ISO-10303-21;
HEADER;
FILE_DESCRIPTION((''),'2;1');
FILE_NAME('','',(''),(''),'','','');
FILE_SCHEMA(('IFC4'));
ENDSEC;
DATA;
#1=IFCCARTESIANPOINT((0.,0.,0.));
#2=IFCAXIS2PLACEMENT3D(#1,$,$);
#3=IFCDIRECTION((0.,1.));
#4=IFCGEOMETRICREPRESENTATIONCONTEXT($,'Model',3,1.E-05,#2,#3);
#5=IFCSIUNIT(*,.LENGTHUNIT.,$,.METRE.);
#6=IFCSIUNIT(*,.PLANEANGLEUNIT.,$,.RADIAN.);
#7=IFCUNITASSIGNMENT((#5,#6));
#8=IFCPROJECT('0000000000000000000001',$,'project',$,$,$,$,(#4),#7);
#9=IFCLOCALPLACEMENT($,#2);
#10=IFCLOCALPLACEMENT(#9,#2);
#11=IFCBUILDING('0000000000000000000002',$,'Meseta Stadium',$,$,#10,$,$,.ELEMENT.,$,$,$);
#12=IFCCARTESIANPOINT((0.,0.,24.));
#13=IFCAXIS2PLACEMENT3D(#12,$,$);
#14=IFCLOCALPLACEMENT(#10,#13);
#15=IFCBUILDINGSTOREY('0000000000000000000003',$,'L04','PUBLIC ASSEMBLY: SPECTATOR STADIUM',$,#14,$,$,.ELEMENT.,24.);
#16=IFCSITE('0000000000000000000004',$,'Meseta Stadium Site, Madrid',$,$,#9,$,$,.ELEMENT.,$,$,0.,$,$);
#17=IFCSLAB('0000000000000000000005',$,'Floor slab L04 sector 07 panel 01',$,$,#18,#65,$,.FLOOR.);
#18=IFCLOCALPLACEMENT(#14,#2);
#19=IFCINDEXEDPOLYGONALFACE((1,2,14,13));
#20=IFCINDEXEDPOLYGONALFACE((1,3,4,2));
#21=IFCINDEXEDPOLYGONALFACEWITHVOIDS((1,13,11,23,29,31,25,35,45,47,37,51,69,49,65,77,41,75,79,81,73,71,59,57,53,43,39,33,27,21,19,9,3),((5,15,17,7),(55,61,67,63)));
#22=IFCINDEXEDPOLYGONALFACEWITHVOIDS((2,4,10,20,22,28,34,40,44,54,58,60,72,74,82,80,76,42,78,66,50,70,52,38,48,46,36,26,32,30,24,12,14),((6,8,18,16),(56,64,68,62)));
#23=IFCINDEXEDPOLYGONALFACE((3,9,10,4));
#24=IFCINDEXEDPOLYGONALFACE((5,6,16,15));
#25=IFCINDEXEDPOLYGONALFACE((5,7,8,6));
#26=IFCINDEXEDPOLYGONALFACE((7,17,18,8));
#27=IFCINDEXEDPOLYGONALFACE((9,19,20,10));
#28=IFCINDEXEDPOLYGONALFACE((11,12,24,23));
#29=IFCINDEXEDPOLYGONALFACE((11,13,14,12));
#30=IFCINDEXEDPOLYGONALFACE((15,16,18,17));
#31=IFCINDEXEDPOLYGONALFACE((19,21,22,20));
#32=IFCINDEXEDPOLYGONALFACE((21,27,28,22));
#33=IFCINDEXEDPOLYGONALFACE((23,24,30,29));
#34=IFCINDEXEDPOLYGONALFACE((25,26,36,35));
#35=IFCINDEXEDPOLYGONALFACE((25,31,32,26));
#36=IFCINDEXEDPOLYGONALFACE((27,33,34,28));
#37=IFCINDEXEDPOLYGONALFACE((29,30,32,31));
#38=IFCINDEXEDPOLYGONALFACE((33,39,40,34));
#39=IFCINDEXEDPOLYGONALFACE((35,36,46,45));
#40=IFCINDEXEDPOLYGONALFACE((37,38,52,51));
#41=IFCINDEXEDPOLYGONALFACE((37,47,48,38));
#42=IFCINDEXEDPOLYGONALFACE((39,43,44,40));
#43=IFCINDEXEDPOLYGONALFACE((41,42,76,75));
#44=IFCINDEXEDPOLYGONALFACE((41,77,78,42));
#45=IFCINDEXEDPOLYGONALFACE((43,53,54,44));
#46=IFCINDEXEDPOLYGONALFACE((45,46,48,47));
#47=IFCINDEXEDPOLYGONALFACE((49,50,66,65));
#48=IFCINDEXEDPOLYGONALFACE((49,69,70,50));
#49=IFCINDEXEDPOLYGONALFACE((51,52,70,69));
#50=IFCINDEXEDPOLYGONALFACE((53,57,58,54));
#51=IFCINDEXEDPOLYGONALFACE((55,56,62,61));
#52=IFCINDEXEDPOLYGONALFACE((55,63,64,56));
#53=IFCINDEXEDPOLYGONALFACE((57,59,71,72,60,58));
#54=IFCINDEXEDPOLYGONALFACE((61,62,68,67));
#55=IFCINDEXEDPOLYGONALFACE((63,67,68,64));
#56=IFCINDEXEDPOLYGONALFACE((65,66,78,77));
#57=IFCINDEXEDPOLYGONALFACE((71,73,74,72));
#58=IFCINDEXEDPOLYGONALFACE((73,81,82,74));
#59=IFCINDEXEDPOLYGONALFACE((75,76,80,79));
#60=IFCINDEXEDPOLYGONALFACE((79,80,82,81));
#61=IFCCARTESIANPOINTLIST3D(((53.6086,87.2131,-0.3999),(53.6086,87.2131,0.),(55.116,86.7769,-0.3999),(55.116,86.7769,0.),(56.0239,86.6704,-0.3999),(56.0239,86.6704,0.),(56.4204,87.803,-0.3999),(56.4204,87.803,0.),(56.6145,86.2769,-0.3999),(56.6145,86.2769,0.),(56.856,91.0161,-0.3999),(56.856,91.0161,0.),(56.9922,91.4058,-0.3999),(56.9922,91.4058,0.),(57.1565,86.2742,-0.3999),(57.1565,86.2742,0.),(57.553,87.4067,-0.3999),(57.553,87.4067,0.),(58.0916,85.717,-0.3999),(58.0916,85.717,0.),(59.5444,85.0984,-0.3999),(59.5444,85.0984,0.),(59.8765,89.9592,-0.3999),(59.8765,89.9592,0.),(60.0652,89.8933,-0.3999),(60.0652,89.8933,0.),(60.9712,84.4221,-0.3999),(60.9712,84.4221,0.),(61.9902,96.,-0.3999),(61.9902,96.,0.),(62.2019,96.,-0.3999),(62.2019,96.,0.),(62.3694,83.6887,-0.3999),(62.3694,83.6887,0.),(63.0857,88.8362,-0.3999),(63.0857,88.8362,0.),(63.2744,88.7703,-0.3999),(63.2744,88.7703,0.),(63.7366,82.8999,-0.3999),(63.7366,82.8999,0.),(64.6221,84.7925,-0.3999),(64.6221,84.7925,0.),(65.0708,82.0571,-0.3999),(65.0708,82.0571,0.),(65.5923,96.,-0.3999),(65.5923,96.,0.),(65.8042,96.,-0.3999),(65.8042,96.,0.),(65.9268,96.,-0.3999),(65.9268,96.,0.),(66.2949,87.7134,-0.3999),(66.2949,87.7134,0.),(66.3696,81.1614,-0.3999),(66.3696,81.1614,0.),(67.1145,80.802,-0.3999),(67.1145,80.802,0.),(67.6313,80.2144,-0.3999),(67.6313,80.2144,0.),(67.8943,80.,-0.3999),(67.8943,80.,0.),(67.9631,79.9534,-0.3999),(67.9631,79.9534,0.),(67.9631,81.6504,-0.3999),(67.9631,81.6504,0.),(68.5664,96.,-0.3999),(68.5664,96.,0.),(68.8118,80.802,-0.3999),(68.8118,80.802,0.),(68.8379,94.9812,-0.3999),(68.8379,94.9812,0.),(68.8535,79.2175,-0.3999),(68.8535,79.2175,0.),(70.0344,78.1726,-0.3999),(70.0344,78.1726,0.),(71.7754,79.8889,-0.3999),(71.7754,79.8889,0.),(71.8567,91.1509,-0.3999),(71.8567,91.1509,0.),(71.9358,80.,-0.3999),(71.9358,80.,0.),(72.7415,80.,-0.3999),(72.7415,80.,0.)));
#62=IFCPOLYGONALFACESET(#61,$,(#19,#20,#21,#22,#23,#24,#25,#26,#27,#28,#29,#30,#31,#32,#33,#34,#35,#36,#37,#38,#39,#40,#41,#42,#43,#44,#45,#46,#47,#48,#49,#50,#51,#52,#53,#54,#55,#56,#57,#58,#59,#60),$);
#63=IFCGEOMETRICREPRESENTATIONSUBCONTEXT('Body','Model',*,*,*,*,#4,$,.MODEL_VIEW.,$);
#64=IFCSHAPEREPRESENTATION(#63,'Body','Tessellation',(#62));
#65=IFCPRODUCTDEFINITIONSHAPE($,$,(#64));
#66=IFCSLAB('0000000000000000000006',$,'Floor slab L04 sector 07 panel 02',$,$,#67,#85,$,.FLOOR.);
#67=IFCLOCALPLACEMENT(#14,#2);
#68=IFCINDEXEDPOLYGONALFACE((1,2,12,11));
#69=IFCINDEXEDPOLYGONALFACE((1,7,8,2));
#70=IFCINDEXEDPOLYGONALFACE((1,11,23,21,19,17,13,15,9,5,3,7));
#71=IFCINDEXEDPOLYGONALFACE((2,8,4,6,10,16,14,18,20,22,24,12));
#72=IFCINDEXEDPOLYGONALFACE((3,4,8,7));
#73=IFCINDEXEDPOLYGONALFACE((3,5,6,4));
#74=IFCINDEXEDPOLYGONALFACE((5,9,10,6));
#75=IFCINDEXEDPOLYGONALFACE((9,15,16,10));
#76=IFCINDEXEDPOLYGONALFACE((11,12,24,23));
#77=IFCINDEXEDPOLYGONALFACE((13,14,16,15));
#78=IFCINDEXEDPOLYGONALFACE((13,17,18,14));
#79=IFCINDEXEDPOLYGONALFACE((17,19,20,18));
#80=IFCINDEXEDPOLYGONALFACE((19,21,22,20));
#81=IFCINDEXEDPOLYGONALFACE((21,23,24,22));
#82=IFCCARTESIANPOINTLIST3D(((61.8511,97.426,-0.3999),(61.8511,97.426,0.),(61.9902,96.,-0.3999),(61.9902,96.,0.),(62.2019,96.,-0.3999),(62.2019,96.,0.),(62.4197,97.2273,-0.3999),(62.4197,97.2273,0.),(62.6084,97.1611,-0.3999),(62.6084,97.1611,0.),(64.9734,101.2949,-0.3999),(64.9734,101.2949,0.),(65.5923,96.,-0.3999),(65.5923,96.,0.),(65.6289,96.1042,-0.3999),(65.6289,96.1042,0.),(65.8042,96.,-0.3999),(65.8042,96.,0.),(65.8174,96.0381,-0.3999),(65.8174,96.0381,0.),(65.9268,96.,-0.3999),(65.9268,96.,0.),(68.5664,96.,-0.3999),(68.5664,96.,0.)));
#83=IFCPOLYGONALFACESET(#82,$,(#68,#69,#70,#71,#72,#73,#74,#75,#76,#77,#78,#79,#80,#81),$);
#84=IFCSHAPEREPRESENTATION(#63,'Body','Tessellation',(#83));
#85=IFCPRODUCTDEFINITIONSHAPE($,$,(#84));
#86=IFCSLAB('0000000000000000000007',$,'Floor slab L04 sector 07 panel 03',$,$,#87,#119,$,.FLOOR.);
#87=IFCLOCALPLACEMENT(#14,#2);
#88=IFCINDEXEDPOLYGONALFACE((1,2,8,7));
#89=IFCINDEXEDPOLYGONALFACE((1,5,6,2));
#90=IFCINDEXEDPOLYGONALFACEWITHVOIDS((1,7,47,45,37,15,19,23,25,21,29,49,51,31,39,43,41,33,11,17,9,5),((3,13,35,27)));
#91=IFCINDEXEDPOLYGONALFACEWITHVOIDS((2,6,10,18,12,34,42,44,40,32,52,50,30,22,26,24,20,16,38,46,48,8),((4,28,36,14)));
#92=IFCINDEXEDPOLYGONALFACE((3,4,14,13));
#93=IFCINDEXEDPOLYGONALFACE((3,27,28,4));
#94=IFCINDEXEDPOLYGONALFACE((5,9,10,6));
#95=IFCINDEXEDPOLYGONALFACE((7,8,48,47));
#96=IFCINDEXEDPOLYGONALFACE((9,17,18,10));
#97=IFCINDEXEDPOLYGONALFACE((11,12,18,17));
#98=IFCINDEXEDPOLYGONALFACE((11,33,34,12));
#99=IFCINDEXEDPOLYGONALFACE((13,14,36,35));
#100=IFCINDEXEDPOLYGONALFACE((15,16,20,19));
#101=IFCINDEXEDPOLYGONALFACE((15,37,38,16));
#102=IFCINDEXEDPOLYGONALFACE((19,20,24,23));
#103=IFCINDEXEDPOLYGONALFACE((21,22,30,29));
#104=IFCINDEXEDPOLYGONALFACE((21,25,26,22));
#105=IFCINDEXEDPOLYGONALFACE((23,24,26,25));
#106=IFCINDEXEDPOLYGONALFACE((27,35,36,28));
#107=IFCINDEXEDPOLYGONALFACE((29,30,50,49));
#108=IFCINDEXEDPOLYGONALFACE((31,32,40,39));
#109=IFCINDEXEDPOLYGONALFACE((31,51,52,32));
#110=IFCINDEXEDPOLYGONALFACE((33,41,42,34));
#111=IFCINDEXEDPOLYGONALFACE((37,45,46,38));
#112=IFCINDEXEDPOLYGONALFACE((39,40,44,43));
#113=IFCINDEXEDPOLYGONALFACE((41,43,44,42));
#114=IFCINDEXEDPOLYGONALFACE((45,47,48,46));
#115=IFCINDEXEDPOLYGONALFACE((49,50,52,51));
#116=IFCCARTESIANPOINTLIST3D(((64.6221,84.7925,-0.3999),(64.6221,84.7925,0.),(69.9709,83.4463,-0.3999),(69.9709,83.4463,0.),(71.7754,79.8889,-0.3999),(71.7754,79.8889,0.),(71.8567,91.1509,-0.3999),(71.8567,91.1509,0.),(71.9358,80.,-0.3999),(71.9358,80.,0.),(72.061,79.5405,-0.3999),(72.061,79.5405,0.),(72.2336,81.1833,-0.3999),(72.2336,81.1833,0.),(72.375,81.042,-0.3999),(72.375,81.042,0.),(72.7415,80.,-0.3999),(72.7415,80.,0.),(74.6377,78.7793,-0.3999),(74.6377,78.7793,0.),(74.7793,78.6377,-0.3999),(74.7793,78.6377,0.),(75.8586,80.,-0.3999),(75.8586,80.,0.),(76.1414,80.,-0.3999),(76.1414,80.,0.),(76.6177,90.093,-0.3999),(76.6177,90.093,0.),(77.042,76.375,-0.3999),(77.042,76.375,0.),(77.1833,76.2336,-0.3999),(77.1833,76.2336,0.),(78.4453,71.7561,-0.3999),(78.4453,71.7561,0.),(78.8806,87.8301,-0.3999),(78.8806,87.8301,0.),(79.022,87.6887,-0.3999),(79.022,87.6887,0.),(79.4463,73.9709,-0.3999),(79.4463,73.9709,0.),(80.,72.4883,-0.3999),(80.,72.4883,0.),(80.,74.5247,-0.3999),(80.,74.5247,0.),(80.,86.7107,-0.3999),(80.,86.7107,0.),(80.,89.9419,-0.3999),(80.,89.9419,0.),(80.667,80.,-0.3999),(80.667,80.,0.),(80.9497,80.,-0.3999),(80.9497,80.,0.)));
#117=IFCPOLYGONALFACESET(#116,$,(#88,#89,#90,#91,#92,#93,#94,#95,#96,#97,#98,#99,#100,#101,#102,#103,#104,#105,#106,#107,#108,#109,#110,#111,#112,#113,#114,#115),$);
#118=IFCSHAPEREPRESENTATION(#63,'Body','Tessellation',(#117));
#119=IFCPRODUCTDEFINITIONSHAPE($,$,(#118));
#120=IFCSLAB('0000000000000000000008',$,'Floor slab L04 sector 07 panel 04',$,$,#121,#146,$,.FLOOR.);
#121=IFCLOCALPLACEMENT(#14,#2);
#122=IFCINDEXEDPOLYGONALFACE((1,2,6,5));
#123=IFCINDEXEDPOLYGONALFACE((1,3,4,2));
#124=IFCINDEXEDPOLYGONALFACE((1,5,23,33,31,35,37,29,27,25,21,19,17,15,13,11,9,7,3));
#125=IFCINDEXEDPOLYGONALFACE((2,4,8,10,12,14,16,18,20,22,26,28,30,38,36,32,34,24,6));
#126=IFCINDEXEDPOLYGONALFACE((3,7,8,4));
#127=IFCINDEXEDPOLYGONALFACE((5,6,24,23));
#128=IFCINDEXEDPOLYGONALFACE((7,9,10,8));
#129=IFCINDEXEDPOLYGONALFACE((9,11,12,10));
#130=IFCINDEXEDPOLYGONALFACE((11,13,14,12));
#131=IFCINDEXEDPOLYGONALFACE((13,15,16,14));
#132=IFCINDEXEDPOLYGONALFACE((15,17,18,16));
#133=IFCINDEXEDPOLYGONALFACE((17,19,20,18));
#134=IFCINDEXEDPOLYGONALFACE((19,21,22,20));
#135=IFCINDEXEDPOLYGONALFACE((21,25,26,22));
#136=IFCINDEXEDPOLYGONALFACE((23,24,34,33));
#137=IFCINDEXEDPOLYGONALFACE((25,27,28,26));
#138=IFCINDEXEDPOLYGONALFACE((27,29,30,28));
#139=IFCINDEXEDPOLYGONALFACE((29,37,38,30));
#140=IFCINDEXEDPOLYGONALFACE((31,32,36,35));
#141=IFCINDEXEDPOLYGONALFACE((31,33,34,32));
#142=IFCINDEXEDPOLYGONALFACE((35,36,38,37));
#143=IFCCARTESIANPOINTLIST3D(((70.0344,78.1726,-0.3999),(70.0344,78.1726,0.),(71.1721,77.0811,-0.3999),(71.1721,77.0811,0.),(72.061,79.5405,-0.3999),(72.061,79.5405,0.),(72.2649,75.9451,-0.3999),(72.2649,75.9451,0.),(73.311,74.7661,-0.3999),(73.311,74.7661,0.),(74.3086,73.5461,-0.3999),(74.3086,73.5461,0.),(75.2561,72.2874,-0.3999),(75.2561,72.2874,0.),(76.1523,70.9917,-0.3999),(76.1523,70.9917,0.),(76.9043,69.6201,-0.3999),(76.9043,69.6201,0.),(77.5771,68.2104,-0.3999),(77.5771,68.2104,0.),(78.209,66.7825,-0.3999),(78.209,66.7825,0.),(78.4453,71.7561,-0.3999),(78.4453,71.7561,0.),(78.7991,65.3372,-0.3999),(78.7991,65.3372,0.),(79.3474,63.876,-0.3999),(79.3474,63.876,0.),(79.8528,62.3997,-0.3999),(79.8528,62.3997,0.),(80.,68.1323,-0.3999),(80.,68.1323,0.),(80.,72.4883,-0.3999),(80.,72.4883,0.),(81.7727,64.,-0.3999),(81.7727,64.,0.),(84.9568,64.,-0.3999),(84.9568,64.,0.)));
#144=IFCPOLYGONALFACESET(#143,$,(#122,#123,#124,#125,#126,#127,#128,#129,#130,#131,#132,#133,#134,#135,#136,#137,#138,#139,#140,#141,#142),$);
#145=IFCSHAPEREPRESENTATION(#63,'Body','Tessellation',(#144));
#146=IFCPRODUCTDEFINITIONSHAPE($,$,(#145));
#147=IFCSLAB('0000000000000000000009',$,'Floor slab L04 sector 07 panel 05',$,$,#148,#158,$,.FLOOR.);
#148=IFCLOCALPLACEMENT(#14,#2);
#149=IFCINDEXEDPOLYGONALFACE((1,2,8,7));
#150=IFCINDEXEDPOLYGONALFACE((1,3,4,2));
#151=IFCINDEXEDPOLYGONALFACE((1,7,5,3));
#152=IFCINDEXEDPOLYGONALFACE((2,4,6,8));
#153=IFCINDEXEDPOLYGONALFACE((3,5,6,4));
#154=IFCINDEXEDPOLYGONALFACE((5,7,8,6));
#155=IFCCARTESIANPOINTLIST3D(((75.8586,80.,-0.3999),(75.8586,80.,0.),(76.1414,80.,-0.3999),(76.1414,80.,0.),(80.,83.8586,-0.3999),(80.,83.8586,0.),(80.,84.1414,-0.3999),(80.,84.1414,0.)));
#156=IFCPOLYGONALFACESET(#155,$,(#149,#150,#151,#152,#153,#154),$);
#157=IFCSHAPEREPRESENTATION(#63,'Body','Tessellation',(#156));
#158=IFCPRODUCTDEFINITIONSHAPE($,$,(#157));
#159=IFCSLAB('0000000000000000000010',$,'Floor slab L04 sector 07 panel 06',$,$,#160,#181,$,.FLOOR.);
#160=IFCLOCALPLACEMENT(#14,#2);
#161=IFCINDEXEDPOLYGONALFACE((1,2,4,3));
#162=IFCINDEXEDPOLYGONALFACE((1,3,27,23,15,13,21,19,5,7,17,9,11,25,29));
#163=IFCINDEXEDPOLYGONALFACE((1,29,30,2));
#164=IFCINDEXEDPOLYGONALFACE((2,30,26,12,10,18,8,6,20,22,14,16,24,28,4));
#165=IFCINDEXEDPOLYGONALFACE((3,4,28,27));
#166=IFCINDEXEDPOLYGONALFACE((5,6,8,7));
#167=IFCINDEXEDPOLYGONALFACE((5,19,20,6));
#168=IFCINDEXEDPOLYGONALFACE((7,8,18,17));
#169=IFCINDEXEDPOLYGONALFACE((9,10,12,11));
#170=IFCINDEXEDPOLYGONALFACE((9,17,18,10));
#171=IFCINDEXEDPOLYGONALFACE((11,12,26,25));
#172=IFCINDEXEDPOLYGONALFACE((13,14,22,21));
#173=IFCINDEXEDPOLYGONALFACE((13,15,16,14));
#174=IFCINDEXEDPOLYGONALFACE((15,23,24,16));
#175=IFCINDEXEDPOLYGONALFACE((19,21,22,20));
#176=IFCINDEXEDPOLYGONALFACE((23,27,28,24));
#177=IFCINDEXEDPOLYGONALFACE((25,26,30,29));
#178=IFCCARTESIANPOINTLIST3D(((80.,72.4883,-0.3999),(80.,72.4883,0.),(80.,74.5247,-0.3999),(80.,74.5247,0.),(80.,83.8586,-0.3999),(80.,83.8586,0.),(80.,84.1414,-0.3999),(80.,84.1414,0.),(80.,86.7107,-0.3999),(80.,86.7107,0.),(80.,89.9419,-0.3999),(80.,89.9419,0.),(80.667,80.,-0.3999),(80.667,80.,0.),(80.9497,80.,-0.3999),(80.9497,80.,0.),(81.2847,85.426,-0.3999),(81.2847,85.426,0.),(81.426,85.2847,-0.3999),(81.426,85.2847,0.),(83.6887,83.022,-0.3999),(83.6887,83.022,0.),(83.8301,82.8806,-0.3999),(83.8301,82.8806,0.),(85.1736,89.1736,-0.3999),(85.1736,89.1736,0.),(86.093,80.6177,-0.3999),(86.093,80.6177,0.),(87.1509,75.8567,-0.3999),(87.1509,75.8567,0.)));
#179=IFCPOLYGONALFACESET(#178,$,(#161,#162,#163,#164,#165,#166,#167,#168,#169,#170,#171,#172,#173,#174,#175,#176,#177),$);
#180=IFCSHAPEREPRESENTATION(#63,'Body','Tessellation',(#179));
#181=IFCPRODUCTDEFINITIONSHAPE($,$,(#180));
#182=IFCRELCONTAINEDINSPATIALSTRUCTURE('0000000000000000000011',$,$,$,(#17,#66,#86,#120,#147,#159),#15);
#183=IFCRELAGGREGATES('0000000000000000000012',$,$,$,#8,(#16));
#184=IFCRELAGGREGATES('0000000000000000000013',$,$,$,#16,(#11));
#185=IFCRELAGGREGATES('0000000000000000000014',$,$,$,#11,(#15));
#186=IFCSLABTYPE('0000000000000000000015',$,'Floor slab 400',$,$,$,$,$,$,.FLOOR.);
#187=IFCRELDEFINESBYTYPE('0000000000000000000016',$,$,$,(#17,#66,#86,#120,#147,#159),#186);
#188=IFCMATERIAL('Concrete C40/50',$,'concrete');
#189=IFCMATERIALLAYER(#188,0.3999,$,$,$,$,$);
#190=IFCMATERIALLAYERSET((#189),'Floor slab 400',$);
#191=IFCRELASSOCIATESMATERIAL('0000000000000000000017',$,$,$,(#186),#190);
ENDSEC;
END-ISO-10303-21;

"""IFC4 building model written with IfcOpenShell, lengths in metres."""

from ifc_helpers import new_model, si_unit, direction, frame, origin, place, context, subcontext, project, spatial, polyline, outline, extrude, material, layer, layer_set, type_object, element, save


model = new_model("IFC4")

# Units and contexts
model_context = context("Model", 3, precision=1e-05, world=origin(), true_north=direction((0.0, 1.0)))
body_context = subcontext(model_context, "Body", "Model", "MODEL_VIEW")
ifc_project = project(units=[si_unit("LENGTHUNIT", "METRE"), si_unit("PLANEANGLEUNIT", "RADIAN")], contexts=[model_context])

# Site, building, storey
site_placement = place(None, origin())
site = spatial("IfcSite", under=ifc_project, at=site_placement, Name="Meseta Stadium Site, Madrid", CompositionType="ELEMENT", RefElevation=0.0)
building_placement = place(site_placement, origin())
building = spatial("IfcBuilding", under=site, at=building_placement, Name="Meseta Stadium", CompositionType="ELEMENT")
storey_placement = place(building_placement, frame((0.0, 0.0, 24.0)))
storey = spatial("IfcBuildingStorey", under=building, at=storey_placement, Name="L04", Description="PUBLIC ASSEMBLY: SPECTATOR STADIUM", CompositionType="ELEMENT", Elevation=24.0)

# Slabs
ifc_material = material(Name="Concrete C40/50", Category="concrete")
ifc_layer = layer(ifc_material, 0.3999)
ifc_layer_set = layer_set([ifc_layer], Name="Floor slab 400")
slab_type = type_object("IfcSlabType", Name="Floor slab 400", PredefinedType="FLOOR", material=ifc_layer_set)
slab_1_placement = place(storey_placement, frame((0.0, 0.0, -0.3999)))
element("IfcSlab", 1, at=slab_1_placement, inside=storey, type_object=slab_type, Name="Floor slab L04 sector 07 panel 01", PredefinedType="FLOOR", context=body_context, shape_type="SweptSolid", body=[
    extrude(outline(polyline([(68.5664, 96.0), (65.9268, 96.0), (68.8379, 94.9812), (66.2949, 87.7134), (63.2744, 88.7703), (65.8042, 96.0), (65.5923, 96.0), (63.0857, 88.8362), (60.0652, 89.8933), (62.2019, 96.0), (61.9902, 96.0), (59.8765, 89.9592), (56.856, 91.0161), (56.9922, 91.4058), (53.6086, 87.2131), (55.116, 86.7769), (56.6145, 86.2769), (58.0916, 85.717), (59.5444, 85.0984), (60.9712, 84.4221), (62.3694, 83.6887), (63.7366, 82.8999), (65.0708, 82.0571), (66.3696, 81.1614), (67.6313, 80.2144), (67.8943, 80.0), (68.8535, 79.2175), (70.0344, 78.1726), (72.7415, 80.0), (71.9358, 80.0), (71.7754, 79.8889), (64.6221, 84.7925), (71.8567, 91.1509), (68.5664, 96.0)]), holes=[polyline([(67.9631, 81.6504), (68.8118, 80.802), (67.9631, 79.9534), (67.1145, 80.802), (67.9631, 81.6504)]), polyline([(56.4204, 87.803), (57.553, 87.4067), (57.1565, 86.2742), (56.0239, 86.6704), (56.4204, 87.803)])]), origin(), (0.0, 0.0, 1.0), 0.3999),
])
slab_2_placement = place(storey_placement, frame((0.0, 0.0, -0.3999)))
element("IfcSlab", 2, at=slab_2_placement, inside=storey, type_object=slab_type, Name="Floor slab L04 sector 07 panel 02", PredefinedType="FLOOR", context=body_context, shape_type="SweptSolid", body=[
    extrude(outline(polyline([(64.9734, 101.2949), (61.8511, 97.426), (62.4197, 97.2273), (61.9902, 96.0), (62.2019, 96.0), (62.6084, 97.1611), (65.6289, 96.1042), (65.5923, 96.0), (65.8042, 96.0), (65.8174, 96.0381), (65.9268, 96.0), (68.5664, 96.0), (64.9734, 101.2949)])), origin(), (0.0, 0.0, 1.0), 0.3999),
])
slab_3_placement = place(storey_placement, frame((0.0, 0.0, -0.3999)))
element("IfcSlab", 3, at=slab_3_placement, inside=storey, type_object=slab_type, Name="Floor slab L04 sector 07 panel 03", PredefinedType="FLOOR", context=body_context, shape_type="SweptSolid", body=[
    extrude(outline(polyline([(80.9497, 80.0), (80.667, 80.0), (77.042, 76.375), (74.7793, 78.6377), (76.1414, 80.0), (75.8586, 80.0), (74.6377, 78.7793), (72.375, 81.042), (79.022, 87.6887), (80.0, 86.7107), (80.0, 89.9419), (71.8567, 91.1509), (64.6221, 84.7925), (71.7754, 79.8889), (71.9358, 80.0), (72.7415, 80.0), (72.061, 79.5405), (78.4453, 71.7561), (80.0, 72.4883), (80.0, 74.5247), (79.4463, 73.9709), (77.1833, 76.2336), (80.9497, 80.0)]), holes=[polyline([(69.9709, 83.4463), (76.6177, 90.093), (78.8806, 87.8301), (72.2336, 81.1833), (69.9709, 83.4463)])]), origin(), (0.0, 0.0, 1.0), 0.3999),
])
slab_4_placement = place(storey_placement, frame((0.0, 0.0, -0.3999)))
element("IfcSlab", 4, at=slab_4_placement, inside=storey, type_object=slab_type, Name="Floor slab L04 sector 07 panel 04", PredefinedType="FLOOR", context=body_context, shape_type="SweptSolid", body=[
    extrude(outline(polyline([(79.8528, 62.3997), (84.9568, 64.0), (81.7727, 64.0), (80.0, 68.1323), (80.0, 72.4883), (78.4453, 71.7561), (72.061, 79.5405), (70.0344, 78.1726), (71.1721, 77.0811), (72.2649, 75.9451), (73.311, 74.7661), (74.3086, 73.5461), (75.2561, 72.2874), (76.1523, 70.9917), (76.9043, 69.6201), (77.5771, 68.2104), (78.209, 66.7825), (78.7991, 65.3372), (79.3474, 63.876), (79.8528, 62.3997)])), origin(), (0.0, 0.0, 1.0), 0.3999),
])
slab_5_placement = place(storey_placement, frame((0.0, 0.0, -0.3999)))
element("IfcSlab", 5, at=slab_5_placement, inside=storey, type_object=slab_type, Name="Floor slab L04 sector 07 panel 05", PredefinedType="FLOOR", context=body_context, shape_type="SweptSolid", body=[
    extrude(outline(polyline([(75.8586, 80.0), (76.1414, 80.0), (80.0, 83.8586), (80.0, 84.1414), (75.8586, 80.0)])), origin(), (0.0, 0.0, 1.0), 0.3999),
])
slab_6_placement = place(storey_placement, frame((0.0, 0.0, -0.3999)))
element("IfcSlab", 6, at=slab_6_placement, inside=storey, type_object=slab_type, Name="Floor slab L04 sector 07 panel 06", PredefinedType="FLOOR", context=body_context, shape_type="SweptSolid", body=[
    extrude(outline(polyline([(86.093, 80.6177), (80.0, 74.5247), (80.0, 72.4883), (87.1509, 75.8567), (85.1736, 89.1736), (80.0, 89.9419), (80.0, 86.7107), (81.2847, 85.426), (80.0, 84.1414), (80.0, 83.8586), (81.426, 85.2847), (83.6887, 83.022), (80.667, 80.0), (80.9497, 80.0), (83.8301, 82.8806), (86.093, 80.6177)])), origin(), (0.0, 0.0, 1.0), 0.3999),
])

save(model, "model.ifc")
